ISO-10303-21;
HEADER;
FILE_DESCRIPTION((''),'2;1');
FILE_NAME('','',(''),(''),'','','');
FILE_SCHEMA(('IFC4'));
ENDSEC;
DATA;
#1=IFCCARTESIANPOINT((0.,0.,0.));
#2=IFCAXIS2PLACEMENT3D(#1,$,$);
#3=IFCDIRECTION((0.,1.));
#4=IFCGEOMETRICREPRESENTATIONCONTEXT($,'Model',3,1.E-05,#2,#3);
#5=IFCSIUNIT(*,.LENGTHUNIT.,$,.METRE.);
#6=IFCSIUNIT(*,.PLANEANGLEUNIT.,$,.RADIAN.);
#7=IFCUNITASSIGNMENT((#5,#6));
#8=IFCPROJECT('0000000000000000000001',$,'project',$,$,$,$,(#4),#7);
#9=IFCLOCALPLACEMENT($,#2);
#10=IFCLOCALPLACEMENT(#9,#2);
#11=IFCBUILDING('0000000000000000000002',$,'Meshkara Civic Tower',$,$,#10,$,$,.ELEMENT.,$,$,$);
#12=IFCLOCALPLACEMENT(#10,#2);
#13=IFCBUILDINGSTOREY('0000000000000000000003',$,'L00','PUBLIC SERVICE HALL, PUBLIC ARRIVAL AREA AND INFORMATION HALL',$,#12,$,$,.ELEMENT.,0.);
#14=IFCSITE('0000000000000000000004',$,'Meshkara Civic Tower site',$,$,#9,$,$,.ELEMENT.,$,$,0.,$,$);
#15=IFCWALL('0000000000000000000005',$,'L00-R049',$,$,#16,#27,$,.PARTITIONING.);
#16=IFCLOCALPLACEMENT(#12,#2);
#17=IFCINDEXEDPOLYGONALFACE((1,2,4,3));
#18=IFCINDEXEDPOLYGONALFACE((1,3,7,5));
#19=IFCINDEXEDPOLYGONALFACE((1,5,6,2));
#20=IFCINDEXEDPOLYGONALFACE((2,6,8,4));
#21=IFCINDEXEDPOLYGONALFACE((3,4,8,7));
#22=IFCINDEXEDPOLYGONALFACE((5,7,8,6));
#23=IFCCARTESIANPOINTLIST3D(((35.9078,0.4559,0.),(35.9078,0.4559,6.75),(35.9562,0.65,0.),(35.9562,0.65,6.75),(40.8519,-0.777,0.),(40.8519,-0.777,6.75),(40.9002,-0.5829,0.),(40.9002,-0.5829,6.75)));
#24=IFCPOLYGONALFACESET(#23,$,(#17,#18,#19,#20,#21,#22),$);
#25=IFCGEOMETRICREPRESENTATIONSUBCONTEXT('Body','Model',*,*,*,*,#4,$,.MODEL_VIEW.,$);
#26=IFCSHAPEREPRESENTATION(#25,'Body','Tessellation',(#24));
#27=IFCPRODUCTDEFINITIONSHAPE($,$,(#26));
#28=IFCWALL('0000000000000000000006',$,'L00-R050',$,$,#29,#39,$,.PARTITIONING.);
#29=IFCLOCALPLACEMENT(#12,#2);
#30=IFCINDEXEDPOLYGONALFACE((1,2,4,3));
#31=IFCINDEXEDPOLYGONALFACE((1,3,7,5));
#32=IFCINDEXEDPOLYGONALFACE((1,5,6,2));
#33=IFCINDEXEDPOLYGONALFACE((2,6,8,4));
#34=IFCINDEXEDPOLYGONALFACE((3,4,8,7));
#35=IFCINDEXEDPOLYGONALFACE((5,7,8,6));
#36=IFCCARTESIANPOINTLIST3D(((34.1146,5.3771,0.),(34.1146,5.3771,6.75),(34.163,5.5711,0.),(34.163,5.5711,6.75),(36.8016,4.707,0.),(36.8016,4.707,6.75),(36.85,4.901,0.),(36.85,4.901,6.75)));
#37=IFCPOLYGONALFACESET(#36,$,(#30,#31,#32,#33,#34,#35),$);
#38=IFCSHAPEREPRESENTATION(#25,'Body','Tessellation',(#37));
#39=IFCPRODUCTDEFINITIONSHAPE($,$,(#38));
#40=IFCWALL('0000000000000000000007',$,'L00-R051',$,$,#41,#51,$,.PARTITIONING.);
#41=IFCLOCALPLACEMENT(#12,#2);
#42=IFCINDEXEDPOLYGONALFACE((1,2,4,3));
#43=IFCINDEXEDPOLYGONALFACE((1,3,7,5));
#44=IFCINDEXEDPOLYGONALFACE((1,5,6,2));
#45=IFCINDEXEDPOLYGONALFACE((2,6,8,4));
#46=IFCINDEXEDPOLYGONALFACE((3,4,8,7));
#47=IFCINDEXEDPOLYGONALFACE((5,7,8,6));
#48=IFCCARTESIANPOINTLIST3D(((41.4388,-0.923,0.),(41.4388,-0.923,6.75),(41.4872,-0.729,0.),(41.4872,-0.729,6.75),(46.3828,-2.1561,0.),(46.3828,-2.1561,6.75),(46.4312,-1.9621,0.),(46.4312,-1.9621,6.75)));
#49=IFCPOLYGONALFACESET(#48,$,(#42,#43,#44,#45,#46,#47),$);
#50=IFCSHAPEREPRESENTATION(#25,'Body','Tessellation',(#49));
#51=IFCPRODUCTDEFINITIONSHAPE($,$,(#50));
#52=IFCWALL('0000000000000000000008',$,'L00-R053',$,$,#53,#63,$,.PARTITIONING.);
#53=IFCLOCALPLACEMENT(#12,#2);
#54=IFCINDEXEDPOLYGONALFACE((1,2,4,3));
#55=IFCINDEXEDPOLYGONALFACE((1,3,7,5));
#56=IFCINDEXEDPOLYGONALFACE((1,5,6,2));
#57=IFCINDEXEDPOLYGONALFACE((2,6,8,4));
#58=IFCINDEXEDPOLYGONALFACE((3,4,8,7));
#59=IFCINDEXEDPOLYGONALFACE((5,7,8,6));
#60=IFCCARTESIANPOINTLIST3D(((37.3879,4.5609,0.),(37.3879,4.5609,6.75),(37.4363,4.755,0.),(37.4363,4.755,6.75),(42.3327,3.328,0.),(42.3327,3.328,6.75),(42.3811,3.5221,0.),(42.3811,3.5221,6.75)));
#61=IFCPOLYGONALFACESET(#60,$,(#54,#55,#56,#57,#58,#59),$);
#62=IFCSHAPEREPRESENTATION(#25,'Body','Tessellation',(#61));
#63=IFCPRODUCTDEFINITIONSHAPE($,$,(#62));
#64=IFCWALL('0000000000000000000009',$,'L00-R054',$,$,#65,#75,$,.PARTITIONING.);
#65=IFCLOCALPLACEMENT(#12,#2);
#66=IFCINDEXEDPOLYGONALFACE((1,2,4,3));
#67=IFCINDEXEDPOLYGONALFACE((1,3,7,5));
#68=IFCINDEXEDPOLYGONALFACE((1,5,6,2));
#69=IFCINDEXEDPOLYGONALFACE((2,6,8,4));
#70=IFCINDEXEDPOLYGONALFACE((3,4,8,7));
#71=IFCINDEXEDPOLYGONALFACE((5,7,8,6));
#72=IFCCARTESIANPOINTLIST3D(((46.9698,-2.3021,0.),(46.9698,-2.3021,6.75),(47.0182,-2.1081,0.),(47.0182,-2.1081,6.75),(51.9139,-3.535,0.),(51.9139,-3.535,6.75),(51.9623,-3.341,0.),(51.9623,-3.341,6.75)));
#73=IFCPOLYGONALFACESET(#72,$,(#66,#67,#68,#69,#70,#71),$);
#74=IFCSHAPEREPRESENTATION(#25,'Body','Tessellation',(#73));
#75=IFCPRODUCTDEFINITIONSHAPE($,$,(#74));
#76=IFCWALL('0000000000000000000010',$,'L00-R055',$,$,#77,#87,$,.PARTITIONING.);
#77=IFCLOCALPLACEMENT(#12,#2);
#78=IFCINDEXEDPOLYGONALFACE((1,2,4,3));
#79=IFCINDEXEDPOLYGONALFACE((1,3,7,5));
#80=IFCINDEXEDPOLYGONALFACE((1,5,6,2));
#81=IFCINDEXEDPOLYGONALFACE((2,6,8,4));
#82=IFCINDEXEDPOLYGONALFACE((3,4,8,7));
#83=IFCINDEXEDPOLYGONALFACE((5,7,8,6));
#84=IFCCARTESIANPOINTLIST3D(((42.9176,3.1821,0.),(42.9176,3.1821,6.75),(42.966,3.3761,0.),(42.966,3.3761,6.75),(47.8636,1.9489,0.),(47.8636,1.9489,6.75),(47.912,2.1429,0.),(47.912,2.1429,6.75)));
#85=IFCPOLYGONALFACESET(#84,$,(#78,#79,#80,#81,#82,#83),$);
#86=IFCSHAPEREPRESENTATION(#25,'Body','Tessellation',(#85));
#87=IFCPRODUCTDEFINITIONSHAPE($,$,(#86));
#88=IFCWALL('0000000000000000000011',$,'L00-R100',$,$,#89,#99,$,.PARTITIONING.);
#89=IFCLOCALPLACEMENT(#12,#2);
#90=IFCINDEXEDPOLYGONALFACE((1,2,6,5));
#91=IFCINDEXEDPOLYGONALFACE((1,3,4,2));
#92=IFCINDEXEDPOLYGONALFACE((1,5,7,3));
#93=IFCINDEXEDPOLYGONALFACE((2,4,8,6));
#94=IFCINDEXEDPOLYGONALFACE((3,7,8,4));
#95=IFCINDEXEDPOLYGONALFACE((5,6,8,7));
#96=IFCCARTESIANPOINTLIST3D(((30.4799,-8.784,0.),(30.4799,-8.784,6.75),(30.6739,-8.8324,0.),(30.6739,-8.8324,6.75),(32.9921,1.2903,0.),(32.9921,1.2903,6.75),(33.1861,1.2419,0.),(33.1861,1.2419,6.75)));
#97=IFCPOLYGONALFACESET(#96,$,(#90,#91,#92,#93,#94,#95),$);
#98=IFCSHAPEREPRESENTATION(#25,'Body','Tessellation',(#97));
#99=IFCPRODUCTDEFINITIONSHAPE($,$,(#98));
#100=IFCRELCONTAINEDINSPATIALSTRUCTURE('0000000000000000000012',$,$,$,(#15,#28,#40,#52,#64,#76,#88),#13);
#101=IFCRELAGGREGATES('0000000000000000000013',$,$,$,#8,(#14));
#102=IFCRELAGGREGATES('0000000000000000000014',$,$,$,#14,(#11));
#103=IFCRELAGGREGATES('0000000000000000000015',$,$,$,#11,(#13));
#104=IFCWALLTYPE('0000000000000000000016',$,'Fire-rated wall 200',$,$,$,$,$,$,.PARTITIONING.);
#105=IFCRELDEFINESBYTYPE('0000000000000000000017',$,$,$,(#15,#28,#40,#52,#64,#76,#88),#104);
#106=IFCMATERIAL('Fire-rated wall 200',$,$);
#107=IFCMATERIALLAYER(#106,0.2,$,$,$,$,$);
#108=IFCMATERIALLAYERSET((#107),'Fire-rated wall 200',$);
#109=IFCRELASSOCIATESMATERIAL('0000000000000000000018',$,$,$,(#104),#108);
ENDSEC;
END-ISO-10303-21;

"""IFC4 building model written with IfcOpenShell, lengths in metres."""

from ifc_helpers import new_model, si_unit, direction, frame, frame_2d, origin, place, context, subcontext, project, spatial, rectangle, extrude, material, layer, layer_set, type_object, element, save


model = new_model("IFC4")

# Units and contexts
model_context = context("Model", 3, precision=1e-05, world=origin(), true_north=direction((0.0, 1.0)))
body_context = subcontext(model_context, "Body", "Model", "MODEL_VIEW")
ifc_project = project(units=[si_unit("LENGTHUNIT", "METRE"), si_unit("PLANEANGLEUNIT", "RADIAN")], contexts=[model_context])

# Site, building, storey
site_placement = place(None, origin())
site = spatial("IfcSite", under=ifc_project, at=site_placement, Name="Meshkara Civic Tower site", CompositionType="ELEMENT", RefElevation=0.0)
building_placement = place(site_placement, origin())
building = spatial("IfcBuilding", under=site, at=building_placement, Name="Meshkara Civic Tower", CompositionType="ELEMENT")
storey_placement = place(building_placement, origin())
storey = spatial("IfcBuildingStorey", under=building, at=storey_placement, Name="L00", Description="PUBLIC SERVICE HALL, PUBLIC ARRIVAL AREA AND INFORMATION HALL", CompositionType="ELEMENT", Elevation=0.0)

# Walls
ifc_material_1 = material(Name="Fire-rated wall 200")
ifc_layer_1 = layer(ifc_material_1, 0.2)
ifc_layer_set_1 = layer_set([ifc_layer_1], Name="Fire-rated wall 200")
wall_type_1 = type_object("IfcWallType", Name="Fire-rated wall 200", PredefinedType="PARTITIONING", material=ifc_layer_set_1)
wall_1_placement = place(storey_placement, frame((35.9319, 0.553, 0.0), z_axis=(0.0, 0.0, 1.0), x_axis=(0.970286, -0.241961, 0.0)))
element("IfcWall", 1, at=wall_1_placement, inside=storey, type_object=wall_type_1, Name="L00-R049", PredefinedType="PARTITIONING", context=body_context, shape_type="SweptSolid", body=[
    extrude(rectangle(XDim=5.0955, YDim=0.2, at=frame_2d((2.5479, 0.0))), origin(), (0.0, 0.0, 1.0), 6.75),
])
wall_2_placement = place(storey_placement, frame((36.8259, 4.804, 0.0), z_axis=(0.0, 0.0, 1.0), x_axis=(-0.970277, 0.241996, 0.0)))
element("IfcWall", 2, at=wall_2_placement, inside=storey, type_object=wall_type_1, Name="L00-R050", PredefinedType="PARTITIONING", context=body_context, shape_type="SweptSolid", body=[
    extrude(rectangle(XDim=2.7693, YDim=0.2, at=frame_2d((1.3848, 0.0))), origin(), (0.0, 0.0, 1.0), 6.75),
])
wall_3_placement = place(storey_placement, frame((41.4629, -0.8259, 0.0), z_axis=(0.0, 0.0, 1.0), x_axis=(0.970275, -0.242006, 0.0)))
element("IfcWall", 3, at=wall_3_placement, inside=storey, type_object=wall_type_1, Name="L00-R051", PredefinedType="PARTITIONING", context=body_context, shape_type="SweptSolid", body=[
    extrude(rectangle(XDim=5.0955, YDim=0.2, at=frame_2d((2.5479, 0.0))), origin(), (0.0, 0.0, 1.0), 6.75),
])
wall_4_placement = place(storey_placement, frame((42.3569, 3.425, 0.0), z_axis=(0.0, 0.0, 1.0), x_axis=(-0.970294, 0.241927, 0.0)))
element("IfcWall", 4, at=wall_4_placement, inside=storey, type_object=wall_type_1, Name="L00-R053", PredefinedType="PARTITIONING", context=body_context, shape_type="SweptSolid", body=[
    extrude(rectangle(XDim=5.0962, YDim=0.2, at=frame_2d((2.5481, 0.0))), origin(), (0.0, 0.0, 1.0), 6.75),
])
wall_5_placement = place(storey_placement, frame((46.9939, -2.2051, 0.0), z_axis=(0.0, 0.0, 1.0), x_axis=(0.970286, -0.241961, 0.0)))
element("IfcWall", 5, at=wall_5_placement, inside=storey, type_object=wall_type_1, Name="L00-R054", PredefinedType="PARTITIONING", context=body_context, shape_type="SweptSolid", body=[
    extrude(rectangle(XDim=5.0955, YDim=0.2, at=frame_2d((2.5479, 0.0))), origin(), (0.0, 0.0, 1.0), 6.75),
])
wall_6_placement = place(storey_placement, frame((47.8879, 2.0459, 0.0), z_axis=(0.0, 0.0, 1.0), x_axis=(-0.970297, 0.241916, 0.0)))
element("IfcWall", 6, at=wall_6_placement, inside=storey, type_object=wall_type_1, Name="L00-R055", PredefinedType="PARTITIONING", context=body_context, shape_type="SweptSolid", body=[
    extrude(rectangle(XDim=5.0974, YDim=0.2, at=frame_2d((2.5488, 0.0))), origin(), (0.0, 0.0, 1.0), 6.75),
])
wall_7_placement = place(storey_placement, frame((33.0891, 1.2661, 0.0), z_axis=(0.0, 0.0, 1.0), x_axis=(-0.24196, -0.970286, 0.0)))
element("IfcWall", 7, at=wall_7_placement, inside=storey, type_object=wall_type_1, Name="L00-R100", PredefinedType="PARTITIONING", context=body_context, shape_type="SweptSolid", body=[
    extrude(rectangle(XDim=10.3828, YDim=0.2, at=frame_2d((5.1914, 0.0))), origin(), (0.0, 0.0, 1.0), 6.75),
])

save(model, "model.ifc")
